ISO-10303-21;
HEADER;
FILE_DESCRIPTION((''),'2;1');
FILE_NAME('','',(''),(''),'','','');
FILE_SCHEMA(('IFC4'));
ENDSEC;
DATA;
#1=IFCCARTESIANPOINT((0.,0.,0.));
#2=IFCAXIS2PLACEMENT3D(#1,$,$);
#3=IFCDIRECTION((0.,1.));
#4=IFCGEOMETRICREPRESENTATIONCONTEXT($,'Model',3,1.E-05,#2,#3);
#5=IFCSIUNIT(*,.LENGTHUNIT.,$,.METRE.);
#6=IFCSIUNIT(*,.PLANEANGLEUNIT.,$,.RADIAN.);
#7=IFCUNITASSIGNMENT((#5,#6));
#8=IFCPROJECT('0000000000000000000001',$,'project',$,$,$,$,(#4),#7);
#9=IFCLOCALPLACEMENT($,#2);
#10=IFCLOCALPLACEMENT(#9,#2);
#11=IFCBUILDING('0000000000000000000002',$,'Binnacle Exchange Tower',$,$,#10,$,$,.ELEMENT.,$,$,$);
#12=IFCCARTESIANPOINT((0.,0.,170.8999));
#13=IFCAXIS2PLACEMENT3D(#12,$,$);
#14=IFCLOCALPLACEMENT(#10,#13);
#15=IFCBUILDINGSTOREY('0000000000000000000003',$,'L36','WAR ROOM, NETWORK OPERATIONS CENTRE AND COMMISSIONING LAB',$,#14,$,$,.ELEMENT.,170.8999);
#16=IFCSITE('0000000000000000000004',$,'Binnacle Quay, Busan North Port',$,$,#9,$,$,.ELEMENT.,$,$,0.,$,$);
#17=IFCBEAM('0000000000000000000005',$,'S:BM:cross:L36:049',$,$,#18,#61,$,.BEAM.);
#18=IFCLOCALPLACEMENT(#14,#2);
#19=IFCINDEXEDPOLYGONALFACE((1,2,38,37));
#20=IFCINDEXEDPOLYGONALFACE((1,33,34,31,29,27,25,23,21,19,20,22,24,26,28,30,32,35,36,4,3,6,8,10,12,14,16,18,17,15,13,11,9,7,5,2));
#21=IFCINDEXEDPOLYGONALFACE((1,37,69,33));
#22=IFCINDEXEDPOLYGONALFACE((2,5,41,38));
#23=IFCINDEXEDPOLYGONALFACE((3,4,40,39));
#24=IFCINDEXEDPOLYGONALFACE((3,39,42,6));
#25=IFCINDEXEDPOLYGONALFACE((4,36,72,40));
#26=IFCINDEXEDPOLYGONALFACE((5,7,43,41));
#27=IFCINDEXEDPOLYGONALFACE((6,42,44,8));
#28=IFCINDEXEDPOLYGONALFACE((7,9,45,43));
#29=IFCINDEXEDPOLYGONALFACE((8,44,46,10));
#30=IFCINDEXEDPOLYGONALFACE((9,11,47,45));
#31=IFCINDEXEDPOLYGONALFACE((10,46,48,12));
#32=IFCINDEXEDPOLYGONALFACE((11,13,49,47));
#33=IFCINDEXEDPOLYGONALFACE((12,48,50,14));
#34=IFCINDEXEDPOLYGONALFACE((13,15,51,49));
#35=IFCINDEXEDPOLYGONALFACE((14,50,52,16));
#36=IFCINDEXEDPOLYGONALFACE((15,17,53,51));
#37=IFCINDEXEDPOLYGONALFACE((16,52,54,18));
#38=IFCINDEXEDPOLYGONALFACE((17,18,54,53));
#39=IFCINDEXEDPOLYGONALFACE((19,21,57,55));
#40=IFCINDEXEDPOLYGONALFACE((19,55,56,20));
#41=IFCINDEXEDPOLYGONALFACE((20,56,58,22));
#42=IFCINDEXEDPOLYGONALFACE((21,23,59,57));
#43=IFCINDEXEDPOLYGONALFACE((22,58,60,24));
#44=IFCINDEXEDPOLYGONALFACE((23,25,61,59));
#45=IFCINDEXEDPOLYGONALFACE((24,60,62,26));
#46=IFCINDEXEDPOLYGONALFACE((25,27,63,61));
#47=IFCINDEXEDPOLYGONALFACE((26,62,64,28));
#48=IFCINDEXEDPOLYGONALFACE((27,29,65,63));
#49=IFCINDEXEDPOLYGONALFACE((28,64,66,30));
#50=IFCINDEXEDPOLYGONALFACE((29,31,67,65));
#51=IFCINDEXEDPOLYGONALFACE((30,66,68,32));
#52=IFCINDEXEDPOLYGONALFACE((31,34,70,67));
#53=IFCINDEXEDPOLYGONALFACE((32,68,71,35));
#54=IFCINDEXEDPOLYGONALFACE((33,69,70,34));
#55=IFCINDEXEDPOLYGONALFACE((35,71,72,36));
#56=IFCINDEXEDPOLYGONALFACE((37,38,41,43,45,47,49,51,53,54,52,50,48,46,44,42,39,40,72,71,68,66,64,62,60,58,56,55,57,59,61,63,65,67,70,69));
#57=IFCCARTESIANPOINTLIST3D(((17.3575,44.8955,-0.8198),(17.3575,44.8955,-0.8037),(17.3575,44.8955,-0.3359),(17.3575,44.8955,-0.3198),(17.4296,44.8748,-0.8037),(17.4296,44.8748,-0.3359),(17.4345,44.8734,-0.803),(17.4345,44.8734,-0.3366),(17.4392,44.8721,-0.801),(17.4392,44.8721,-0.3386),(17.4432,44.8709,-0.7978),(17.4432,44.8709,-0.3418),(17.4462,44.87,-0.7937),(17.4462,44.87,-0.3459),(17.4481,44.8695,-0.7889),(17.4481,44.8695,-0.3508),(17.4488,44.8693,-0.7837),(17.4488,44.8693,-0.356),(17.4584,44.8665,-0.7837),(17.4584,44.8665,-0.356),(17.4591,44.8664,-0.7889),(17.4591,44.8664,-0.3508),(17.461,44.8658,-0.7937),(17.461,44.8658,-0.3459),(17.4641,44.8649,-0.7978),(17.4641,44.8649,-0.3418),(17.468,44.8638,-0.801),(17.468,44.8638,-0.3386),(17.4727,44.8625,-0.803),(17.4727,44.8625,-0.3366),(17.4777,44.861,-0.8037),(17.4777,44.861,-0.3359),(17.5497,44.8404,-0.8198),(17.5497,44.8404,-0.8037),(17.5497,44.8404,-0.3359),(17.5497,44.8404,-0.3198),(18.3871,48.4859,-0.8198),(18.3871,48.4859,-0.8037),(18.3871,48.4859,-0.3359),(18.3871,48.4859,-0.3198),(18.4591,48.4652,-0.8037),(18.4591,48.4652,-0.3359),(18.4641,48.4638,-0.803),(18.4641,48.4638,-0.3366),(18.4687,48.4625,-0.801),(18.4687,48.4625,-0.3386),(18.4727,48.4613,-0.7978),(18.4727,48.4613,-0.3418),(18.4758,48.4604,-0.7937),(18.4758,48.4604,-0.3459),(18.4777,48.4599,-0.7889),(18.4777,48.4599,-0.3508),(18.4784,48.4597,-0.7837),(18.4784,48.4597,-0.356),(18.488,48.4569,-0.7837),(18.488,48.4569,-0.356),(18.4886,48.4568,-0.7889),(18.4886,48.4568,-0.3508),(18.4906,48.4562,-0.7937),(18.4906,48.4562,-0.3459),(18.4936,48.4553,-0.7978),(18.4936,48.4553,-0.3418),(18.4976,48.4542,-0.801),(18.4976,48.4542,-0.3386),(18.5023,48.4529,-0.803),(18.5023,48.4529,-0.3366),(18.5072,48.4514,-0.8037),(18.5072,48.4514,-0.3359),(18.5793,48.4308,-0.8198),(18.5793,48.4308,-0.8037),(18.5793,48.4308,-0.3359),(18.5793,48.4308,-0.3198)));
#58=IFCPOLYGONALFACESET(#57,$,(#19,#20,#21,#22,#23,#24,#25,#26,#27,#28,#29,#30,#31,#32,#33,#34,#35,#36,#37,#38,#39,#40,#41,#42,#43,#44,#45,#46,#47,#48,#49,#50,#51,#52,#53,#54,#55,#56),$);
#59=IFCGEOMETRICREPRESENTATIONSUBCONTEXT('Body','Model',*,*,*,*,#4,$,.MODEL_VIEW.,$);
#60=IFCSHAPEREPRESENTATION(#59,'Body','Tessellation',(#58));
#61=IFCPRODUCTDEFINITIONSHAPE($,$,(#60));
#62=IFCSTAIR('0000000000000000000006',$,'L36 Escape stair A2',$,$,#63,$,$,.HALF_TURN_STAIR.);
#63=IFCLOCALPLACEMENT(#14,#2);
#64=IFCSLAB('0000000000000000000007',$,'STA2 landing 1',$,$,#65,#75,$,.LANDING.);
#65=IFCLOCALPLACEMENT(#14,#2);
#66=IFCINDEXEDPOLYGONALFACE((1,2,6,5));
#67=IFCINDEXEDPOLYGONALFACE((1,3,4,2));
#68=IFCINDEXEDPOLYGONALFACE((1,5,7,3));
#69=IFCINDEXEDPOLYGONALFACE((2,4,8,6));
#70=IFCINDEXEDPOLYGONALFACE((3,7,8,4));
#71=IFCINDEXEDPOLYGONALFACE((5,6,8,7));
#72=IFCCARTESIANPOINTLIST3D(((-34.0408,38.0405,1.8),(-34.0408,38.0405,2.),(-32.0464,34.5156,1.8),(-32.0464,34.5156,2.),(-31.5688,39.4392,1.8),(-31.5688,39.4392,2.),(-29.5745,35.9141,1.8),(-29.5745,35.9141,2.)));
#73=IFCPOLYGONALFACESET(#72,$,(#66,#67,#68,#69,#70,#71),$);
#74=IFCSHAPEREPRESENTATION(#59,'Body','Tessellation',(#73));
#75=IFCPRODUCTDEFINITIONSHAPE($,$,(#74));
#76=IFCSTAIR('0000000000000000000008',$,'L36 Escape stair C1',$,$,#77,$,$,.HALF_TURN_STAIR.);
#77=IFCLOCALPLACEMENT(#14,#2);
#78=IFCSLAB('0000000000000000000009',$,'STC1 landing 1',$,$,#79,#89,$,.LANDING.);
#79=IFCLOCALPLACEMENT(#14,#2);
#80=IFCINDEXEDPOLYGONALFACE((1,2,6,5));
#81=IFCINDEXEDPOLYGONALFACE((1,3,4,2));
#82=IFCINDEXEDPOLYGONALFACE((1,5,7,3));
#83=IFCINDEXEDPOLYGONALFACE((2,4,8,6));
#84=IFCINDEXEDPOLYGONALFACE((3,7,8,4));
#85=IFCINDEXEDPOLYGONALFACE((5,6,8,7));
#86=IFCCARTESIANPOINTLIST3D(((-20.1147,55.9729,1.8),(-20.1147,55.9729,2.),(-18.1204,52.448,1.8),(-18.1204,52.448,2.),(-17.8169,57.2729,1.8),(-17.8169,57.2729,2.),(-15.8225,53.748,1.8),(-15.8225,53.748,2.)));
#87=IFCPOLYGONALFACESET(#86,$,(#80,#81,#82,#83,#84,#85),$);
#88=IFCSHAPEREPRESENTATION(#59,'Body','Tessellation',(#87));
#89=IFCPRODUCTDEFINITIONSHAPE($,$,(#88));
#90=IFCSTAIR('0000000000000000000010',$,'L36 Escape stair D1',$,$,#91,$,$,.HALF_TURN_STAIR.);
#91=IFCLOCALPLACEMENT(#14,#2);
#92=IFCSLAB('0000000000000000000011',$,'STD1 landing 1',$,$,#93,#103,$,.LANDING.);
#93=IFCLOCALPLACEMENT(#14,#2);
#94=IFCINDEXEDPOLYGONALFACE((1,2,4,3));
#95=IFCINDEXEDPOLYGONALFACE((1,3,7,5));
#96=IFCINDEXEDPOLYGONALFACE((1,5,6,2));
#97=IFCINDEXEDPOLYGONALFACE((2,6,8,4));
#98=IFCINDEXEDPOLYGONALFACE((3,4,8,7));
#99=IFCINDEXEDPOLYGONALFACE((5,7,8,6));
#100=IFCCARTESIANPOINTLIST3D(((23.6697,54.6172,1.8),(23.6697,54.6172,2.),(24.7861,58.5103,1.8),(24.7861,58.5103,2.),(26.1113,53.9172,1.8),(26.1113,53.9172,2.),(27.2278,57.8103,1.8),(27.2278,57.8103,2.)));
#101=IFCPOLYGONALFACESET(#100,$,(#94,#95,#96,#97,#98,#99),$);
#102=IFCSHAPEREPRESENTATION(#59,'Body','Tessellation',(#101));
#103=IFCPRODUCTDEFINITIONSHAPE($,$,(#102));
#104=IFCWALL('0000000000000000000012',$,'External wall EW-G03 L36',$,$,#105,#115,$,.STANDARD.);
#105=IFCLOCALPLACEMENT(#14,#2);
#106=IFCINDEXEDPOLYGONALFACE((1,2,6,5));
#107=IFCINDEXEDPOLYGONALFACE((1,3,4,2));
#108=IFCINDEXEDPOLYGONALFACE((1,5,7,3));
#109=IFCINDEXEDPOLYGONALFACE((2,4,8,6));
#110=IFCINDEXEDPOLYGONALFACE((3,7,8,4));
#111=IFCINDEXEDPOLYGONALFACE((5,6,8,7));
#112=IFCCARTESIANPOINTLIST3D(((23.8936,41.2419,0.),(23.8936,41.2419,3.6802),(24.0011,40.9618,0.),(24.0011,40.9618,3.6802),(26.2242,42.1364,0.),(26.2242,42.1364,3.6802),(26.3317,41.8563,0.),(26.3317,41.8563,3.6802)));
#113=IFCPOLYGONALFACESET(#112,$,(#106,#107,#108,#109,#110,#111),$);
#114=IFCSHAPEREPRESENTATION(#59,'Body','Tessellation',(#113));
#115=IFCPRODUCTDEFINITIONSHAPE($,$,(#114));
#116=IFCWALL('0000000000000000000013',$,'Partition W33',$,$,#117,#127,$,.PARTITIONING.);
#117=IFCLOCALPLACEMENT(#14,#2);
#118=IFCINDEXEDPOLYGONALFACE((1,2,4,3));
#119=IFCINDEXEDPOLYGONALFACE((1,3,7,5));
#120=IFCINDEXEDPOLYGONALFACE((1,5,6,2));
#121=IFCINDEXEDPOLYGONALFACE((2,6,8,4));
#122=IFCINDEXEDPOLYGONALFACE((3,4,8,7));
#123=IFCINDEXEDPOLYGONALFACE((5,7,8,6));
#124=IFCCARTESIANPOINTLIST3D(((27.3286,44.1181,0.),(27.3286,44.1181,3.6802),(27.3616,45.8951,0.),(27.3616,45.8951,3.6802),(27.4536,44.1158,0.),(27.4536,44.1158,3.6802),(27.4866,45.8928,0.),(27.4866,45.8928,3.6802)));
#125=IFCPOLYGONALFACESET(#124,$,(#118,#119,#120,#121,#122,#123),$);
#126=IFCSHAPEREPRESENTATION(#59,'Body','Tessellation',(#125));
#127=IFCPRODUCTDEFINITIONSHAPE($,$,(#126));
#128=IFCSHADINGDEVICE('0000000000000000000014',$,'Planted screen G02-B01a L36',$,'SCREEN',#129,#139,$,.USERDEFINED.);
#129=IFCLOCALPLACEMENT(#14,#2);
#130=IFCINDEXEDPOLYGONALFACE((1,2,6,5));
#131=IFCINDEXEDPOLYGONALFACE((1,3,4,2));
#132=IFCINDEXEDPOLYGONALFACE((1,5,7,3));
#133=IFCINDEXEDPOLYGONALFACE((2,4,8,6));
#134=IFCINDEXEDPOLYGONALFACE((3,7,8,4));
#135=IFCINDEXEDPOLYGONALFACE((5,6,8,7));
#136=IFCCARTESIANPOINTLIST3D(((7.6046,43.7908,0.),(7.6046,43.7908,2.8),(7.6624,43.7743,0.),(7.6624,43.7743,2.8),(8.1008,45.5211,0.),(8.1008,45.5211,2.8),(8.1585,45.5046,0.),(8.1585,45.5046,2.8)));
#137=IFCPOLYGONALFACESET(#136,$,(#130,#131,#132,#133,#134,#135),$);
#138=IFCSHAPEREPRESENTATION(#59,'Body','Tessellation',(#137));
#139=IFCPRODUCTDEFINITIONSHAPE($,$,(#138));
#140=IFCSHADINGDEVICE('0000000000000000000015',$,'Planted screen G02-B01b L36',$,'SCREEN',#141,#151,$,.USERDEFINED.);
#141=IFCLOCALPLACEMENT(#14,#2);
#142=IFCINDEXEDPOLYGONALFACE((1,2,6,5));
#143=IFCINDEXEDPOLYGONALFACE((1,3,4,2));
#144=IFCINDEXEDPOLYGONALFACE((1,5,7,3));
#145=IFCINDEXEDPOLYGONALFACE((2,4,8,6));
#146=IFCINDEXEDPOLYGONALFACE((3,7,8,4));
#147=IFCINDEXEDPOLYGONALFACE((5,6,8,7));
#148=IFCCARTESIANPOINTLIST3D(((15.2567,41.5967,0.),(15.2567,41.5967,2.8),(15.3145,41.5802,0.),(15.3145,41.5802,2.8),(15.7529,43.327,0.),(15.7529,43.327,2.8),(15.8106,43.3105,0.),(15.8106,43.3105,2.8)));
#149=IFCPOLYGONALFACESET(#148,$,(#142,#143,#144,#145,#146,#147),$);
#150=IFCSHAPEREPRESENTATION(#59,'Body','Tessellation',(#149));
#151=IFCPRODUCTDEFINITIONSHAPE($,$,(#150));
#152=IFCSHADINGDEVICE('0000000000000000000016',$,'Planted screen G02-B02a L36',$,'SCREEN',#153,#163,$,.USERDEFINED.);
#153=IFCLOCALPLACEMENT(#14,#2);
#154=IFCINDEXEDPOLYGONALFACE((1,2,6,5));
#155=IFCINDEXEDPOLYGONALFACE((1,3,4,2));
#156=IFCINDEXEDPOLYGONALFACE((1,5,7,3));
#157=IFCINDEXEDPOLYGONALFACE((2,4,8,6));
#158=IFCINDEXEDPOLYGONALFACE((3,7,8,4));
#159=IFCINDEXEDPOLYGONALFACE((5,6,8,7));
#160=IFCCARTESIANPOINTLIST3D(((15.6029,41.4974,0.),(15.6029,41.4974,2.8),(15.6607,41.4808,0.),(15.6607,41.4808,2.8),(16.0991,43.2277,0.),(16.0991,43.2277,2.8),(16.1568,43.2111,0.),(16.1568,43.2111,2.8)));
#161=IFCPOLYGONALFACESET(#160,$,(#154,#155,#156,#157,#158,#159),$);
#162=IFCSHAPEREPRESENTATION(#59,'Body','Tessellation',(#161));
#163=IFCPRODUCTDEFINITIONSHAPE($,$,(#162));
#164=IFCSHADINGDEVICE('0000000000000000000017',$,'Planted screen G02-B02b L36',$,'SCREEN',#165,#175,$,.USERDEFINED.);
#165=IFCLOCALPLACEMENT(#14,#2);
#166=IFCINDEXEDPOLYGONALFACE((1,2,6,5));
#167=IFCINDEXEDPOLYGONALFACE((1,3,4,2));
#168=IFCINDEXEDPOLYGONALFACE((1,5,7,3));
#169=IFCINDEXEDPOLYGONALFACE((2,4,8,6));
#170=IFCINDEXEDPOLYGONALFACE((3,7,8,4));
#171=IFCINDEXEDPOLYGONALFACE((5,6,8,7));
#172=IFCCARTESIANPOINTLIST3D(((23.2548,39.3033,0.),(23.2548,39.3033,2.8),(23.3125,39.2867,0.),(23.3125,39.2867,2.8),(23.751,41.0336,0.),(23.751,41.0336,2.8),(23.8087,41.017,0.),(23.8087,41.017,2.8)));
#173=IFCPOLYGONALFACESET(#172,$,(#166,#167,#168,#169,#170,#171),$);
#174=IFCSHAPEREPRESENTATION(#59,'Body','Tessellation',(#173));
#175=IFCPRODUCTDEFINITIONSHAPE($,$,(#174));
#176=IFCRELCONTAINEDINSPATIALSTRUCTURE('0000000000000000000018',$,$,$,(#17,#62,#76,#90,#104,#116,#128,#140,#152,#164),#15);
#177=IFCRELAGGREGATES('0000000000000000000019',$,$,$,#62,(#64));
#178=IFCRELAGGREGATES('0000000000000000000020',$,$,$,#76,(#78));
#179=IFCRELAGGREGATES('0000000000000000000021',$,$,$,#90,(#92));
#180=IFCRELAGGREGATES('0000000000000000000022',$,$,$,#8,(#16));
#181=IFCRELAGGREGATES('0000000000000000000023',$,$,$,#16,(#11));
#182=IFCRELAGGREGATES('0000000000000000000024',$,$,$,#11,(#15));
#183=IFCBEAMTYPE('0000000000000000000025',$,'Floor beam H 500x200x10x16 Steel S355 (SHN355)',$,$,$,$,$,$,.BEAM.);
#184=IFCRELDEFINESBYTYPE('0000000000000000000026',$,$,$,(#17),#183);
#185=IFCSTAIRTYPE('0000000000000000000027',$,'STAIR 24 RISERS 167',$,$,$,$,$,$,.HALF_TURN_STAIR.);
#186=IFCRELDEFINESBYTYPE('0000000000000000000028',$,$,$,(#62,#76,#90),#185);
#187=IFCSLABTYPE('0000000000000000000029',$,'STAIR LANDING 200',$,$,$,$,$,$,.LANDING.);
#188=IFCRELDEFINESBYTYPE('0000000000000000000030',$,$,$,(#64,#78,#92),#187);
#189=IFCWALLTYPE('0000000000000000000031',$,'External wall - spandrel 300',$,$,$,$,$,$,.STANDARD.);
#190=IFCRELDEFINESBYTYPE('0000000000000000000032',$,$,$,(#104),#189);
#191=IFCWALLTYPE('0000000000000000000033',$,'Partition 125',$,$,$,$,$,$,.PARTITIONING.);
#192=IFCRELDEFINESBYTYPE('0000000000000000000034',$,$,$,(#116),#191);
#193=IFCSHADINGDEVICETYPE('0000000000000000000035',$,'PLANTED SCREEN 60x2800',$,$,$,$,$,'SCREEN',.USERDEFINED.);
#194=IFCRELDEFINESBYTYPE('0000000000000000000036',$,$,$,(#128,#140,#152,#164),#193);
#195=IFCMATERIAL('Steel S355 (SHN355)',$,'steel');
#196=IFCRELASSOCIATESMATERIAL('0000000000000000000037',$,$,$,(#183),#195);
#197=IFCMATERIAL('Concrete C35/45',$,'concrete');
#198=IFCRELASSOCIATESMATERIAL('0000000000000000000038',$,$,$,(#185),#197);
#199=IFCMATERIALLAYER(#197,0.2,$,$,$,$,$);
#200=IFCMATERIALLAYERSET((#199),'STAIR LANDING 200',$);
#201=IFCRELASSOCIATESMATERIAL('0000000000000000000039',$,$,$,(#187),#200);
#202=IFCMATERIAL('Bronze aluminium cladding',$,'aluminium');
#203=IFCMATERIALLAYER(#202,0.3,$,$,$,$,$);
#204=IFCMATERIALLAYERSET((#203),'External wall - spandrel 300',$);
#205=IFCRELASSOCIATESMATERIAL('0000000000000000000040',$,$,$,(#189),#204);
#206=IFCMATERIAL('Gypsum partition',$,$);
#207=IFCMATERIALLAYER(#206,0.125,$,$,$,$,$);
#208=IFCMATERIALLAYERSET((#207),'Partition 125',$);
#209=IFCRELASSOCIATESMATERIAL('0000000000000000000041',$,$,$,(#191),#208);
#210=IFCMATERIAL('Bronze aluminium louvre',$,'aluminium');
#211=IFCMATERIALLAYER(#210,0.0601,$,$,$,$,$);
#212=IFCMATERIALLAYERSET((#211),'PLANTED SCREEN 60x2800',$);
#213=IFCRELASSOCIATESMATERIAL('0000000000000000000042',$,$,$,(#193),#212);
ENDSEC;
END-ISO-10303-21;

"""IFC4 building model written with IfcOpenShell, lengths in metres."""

from ifc_helpers import new_model, si_unit, direction, frame, frame_2d, origin, origin_2d, place, context, subcontext, project, spatial, polyline, rectangle, i_section, outline, extrude, material, layer, layer_set, material_profile, profile_set, type_object, element, aggregate, save


model = new_model("IFC4")

# Units and contexts
model_context = context("Model", 3, precision=1e-05, world=origin(), true_north=direction((0.0, 1.0)))
body_context = subcontext(model_context, "Body", "Model", "MODEL_VIEW")
ifc_project = project(units=[si_unit("LENGTHUNIT", "METRE"), si_unit("PLANEANGLEUNIT", "RADIAN")], contexts=[model_context])

# Site, building, storey
site_placement = place(None, origin())
site = spatial("IfcSite", under=ifc_project, at=site_placement, Name="Binnacle Quay, Busan North Port", CompositionType="ELEMENT", RefElevation=0.0)
building_placement = place(site_placement, origin())
building = spatial("IfcBuilding", under=site, at=building_placement, Name="Binnacle Exchange Tower", CompositionType="ELEMENT")
storey_placement = place(building_placement, frame((0.0, 0.0, 170.8999)))
storey = spatial("IfcBuildingStorey", under=building, at=storey_placement, Name="L36", Description="WAR ROOM, NETWORK OPERATIONS CENTRE AND COMMISSIONING LAB", CompositionType="ELEMENT", Elevation=170.8999)

# Beam
ifc_material_1 = material(Name="Steel S355 (SHN355)", Category="steel")
ifc_material_profile_1 = material_profile(ifc_material_1, i_section(OverallWidth=0.2, OverallDepth=0.5, WebThickness=0.01, FlangeThickness=0.0161, FilletRadius=0.02, at=origin_2d()), Name="H 500x200x10x16")
ifc_profile_set_1 = profile_set([ifc_material_profile_1], Name="Steel S355 (SHN355)")
beam_type_1 = type_object("IfcBeamType", Name="Floor beam H 500x200x10x16 Steel S355 (SHN355)", PredefinedType="BEAM", material=ifc_profile_set_1)
beam_1_placement = place(storey_placement, frame((17.4536, 44.8679, -0.5698), z_axis=(0.275645, 0.96126, 0.0), x_axis=(-0.96126, 0.275645, 0.0)))
element("IfcBeam", 1, at=beam_1_placement, inside=storey, type_object=beam_type_1, Name="S:BM:cross:L36:049", PredefinedType="BEAM", context=body_context, shape_type="SweptSolid", body=[
    extrude(i_section(OverallWidth=0.2, OverallDepth=0.5, WebThickness=0.01, FlangeThickness=0.0161, FilletRadius=0.02, at=origin_2d()), origin(), (0.0, 0.0, 1.0), 3.7351),
])

# Stairs, slabs
ifc_material_2 = material(Name="Concrete C35/45", Category="concrete")
stair_type = type_object("IfcStairType", Name="STAIR 24 RISERS 167", PredefinedType="HALF_TURN_STAIR", material=ifc_material_2)
stair_1_placement = place(storey_placement, origin())
stair_1 = element("IfcStair", 2, at=stair_1_placement, inside=storey, type_object=stair_type, Name="L36 Escape stair A2", PredefinedType="HALF_TURN_STAIR")
ifc_layer_1 = layer(ifc_material_2, 0.2)
ifc_layer_set_1 = layer_set([ifc_layer_1], Name="STAIR LANDING 200")
slab_type = type_object("IfcSlabType", Name="STAIR LANDING 200", PredefinedType="LANDING", material=ifc_layer_set_1)
slab_1_placement = place(storey_placement, frame((0.0, 0.0, 1.8)))
slab_1 = element("IfcSlab", 3, at=slab_1_placement, type_object=slab_type, Name="STA2 landing 1", PredefinedType="LANDING", context=body_context, shape_type="SweptSolid", body=[
    extrude(outline(polyline([(-31.5688, 39.4392), (-34.0408, 38.0405), (-32.0464, 34.5156), (-29.5745, 35.9141), (-31.5688, 39.4392)])), origin(), (0.0, 0.0, 1.0), 0.2),
])
aggregate(stair_1, [slab_1])
stair_2_placement = place(storey_placement, origin())
stair_2 = element("IfcStair", 4, at=stair_2_placement, inside=storey, type_object=stair_type, Name="L36 Escape stair C1", PredefinedType="HALF_TURN_STAIR")
slab_2_placement = place(storey_placement, frame((0.0, 0.0, 1.8)))
slab_2 = element("IfcSlab", 5, at=slab_2_placement, type_object=slab_type, Name="STC1 landing 1", PredefinedType="LANDING", context=body_context, shape_type="SweptSolid", body=[
    extrude(outline(polyline([(-18.1204, 52.448), (-15.8225, 53.748), (-17.8169, 57.2729), (-20.1147, 55.9729), (-18.1204, 52.448)])), origin(), (0.0, 0.0, 1.0), 0.2),
])
aggregate(stair_2, [slab_2])
stair_3_placement = place(storey_placement, origin())
stair_3 = element("IfcStair", 6, at=stair_3_placement, inside=storey, type_object=stair_type, Name="L36 Escape stair D1", PredefinedType="HALF_TURN_STAIR")
slab_3_placement = place(storey_placement, frame((0.0, 0.0, 1.8)))
slab_3 = element("IfcSlab", 7, at=slab_3_placement, type_object=slab_type, Name="STD1 landing 1", PredefinedType="LANDING", context=body_context, shape_type="SweptSolid", body=[
    extrude(outline(polyline([(23.6697, 54.6172), (26.1113, 53.9172), (27.2278, 57.8103), (24.7861, 58.5103), (23.6697, 54.6172)])), origin(), (0.0, 0.0, 1.0), 0.2),
])
aggregate(stair_3, [slab_3])

# Shared definitions
ifc_material_3 = material(Name="Bronze aluminium cladding", Category="aluminium")
ifc_layer_2 = layer(ifc_material_3, 0.3)
ifc_layer_set_2 = layer_set([ifc_layer_2], Name="External wall - spandrel 300")
wall_type_1 = type_object("IfcWallType", Name="External wall - spandrel 300", PredefinedType="STANDARD", material=ifc_layer_set_2)

# Walls
wall_1_placement = place(storey_placement, frame((26.2778, 41.9963, 0.0), z_axis=(0.0, 0.0, 1.0), x_axis=(-0.933592, -0.358337, 0.0)))
element("IfcWall", 8, at=wall_1_placement, inside=storey, type_object=wall_type_1, Name="External wall EW-G03 L36", PredefinedType="STANDARD", context=body_context, shape_type="SweptSolid", body=[
    extrude(rectangle(XDim=2.4963, YDim=0.3, at=frame_2d((1.248, 0.0))), origin(), (0.0, 0.0, 1.0), 3.6802),
])
ifc_material_4 = material(Name="Gypsum partition")
ifc_layer_3 = layer(ifc_material_4, 0.125)
ifc_layer_set_3 = layer_set([ifc_layer_3], Name="Partition 125")
wall_type_2 = type_object("IfcWallType", Name="Partition 125", PredefinedType="PARTITIONING", material=ifc_layer_set_3)
wall_2_placement = place(storey_placement, frame((27.3911, 44.1169, 0.0), z_axis=(0.0, 0.0, 1.0), x_axis=(0.018543, 0.999828, 0.0)))
element("IfcWall", 9, at=wall_2_placement, inside=storey, type_object=wall_type_2, Name="Partition W33", PredefinedType="PARTITIONING", context=body_context, shape_type="SweptSolid", body=[
    extrude(rectangle(XDim=1.7773, YDim=0.125, at=frame_2d((0.8887, 0.0))), origin(), (0.0, 0.0, 1.0), 3.6802),
])

# Shading devices
ifc_material_5 = material(Name="Bronze aluminium louvre", Category="aluminium")
ifc_layer_4 = layer(ifc_material_5, 0.0601)
ifc_layer_set_4 = layer_set([ifc_layer_4], Name="PLANTED SCREEN 60x2800")
shading_device_type = type_object("IfcShadingDeviceType", Name="PLANTED SCREEN 60x2800", ElementType="SCREEN", PredefinedType="USERDEFINED", material=ifc_layer_set_4)
for number, where, z_axis, x_axis, name in (
    (10, (7.8816, 44.6477, 0.0), (0.0, 0.0, 1.0), (0.961262, -0.275637, 0.0), "Planted screen G02-B01a L36"),
    (11, (15.5337, 42.4536, 0.0), (0.0, 0.0, 1.0), (0.961262, -0.275637, 0.0), "Planted screen G02-B01b L36"),
    (12, (15.8799, 42.3542, 0.0), (0.0, 0.0, 1.0), (0.961262, -0.275637, 0.0), "Planted screen G02-B02a L36"),
    (13, (23.5317, 40.1602, 0.0), (0.0, 0.0, 1.0), (0.961262, -0.275637, 0.0), "Planted screen G02-B02b L36"),
):
    element("IfcShadingDevice", number, at=place(storey_placement, frame(where, z_axis=z_axis, x_axis=x_axis)), inside=storey, type_object=shading_device_type, Name=name, ObjectType="SCREEN", PredefinedType="USERDEFINED", context=body_context, shape_type="SweptSolid", body=[
        extrude(rectangle(XDim=0.0601, YDim=1.8, at=origin_2d()), origin(), (0.0, 0.0, 1.0), 2.8),
    ])

save(model, "model.ifc")
